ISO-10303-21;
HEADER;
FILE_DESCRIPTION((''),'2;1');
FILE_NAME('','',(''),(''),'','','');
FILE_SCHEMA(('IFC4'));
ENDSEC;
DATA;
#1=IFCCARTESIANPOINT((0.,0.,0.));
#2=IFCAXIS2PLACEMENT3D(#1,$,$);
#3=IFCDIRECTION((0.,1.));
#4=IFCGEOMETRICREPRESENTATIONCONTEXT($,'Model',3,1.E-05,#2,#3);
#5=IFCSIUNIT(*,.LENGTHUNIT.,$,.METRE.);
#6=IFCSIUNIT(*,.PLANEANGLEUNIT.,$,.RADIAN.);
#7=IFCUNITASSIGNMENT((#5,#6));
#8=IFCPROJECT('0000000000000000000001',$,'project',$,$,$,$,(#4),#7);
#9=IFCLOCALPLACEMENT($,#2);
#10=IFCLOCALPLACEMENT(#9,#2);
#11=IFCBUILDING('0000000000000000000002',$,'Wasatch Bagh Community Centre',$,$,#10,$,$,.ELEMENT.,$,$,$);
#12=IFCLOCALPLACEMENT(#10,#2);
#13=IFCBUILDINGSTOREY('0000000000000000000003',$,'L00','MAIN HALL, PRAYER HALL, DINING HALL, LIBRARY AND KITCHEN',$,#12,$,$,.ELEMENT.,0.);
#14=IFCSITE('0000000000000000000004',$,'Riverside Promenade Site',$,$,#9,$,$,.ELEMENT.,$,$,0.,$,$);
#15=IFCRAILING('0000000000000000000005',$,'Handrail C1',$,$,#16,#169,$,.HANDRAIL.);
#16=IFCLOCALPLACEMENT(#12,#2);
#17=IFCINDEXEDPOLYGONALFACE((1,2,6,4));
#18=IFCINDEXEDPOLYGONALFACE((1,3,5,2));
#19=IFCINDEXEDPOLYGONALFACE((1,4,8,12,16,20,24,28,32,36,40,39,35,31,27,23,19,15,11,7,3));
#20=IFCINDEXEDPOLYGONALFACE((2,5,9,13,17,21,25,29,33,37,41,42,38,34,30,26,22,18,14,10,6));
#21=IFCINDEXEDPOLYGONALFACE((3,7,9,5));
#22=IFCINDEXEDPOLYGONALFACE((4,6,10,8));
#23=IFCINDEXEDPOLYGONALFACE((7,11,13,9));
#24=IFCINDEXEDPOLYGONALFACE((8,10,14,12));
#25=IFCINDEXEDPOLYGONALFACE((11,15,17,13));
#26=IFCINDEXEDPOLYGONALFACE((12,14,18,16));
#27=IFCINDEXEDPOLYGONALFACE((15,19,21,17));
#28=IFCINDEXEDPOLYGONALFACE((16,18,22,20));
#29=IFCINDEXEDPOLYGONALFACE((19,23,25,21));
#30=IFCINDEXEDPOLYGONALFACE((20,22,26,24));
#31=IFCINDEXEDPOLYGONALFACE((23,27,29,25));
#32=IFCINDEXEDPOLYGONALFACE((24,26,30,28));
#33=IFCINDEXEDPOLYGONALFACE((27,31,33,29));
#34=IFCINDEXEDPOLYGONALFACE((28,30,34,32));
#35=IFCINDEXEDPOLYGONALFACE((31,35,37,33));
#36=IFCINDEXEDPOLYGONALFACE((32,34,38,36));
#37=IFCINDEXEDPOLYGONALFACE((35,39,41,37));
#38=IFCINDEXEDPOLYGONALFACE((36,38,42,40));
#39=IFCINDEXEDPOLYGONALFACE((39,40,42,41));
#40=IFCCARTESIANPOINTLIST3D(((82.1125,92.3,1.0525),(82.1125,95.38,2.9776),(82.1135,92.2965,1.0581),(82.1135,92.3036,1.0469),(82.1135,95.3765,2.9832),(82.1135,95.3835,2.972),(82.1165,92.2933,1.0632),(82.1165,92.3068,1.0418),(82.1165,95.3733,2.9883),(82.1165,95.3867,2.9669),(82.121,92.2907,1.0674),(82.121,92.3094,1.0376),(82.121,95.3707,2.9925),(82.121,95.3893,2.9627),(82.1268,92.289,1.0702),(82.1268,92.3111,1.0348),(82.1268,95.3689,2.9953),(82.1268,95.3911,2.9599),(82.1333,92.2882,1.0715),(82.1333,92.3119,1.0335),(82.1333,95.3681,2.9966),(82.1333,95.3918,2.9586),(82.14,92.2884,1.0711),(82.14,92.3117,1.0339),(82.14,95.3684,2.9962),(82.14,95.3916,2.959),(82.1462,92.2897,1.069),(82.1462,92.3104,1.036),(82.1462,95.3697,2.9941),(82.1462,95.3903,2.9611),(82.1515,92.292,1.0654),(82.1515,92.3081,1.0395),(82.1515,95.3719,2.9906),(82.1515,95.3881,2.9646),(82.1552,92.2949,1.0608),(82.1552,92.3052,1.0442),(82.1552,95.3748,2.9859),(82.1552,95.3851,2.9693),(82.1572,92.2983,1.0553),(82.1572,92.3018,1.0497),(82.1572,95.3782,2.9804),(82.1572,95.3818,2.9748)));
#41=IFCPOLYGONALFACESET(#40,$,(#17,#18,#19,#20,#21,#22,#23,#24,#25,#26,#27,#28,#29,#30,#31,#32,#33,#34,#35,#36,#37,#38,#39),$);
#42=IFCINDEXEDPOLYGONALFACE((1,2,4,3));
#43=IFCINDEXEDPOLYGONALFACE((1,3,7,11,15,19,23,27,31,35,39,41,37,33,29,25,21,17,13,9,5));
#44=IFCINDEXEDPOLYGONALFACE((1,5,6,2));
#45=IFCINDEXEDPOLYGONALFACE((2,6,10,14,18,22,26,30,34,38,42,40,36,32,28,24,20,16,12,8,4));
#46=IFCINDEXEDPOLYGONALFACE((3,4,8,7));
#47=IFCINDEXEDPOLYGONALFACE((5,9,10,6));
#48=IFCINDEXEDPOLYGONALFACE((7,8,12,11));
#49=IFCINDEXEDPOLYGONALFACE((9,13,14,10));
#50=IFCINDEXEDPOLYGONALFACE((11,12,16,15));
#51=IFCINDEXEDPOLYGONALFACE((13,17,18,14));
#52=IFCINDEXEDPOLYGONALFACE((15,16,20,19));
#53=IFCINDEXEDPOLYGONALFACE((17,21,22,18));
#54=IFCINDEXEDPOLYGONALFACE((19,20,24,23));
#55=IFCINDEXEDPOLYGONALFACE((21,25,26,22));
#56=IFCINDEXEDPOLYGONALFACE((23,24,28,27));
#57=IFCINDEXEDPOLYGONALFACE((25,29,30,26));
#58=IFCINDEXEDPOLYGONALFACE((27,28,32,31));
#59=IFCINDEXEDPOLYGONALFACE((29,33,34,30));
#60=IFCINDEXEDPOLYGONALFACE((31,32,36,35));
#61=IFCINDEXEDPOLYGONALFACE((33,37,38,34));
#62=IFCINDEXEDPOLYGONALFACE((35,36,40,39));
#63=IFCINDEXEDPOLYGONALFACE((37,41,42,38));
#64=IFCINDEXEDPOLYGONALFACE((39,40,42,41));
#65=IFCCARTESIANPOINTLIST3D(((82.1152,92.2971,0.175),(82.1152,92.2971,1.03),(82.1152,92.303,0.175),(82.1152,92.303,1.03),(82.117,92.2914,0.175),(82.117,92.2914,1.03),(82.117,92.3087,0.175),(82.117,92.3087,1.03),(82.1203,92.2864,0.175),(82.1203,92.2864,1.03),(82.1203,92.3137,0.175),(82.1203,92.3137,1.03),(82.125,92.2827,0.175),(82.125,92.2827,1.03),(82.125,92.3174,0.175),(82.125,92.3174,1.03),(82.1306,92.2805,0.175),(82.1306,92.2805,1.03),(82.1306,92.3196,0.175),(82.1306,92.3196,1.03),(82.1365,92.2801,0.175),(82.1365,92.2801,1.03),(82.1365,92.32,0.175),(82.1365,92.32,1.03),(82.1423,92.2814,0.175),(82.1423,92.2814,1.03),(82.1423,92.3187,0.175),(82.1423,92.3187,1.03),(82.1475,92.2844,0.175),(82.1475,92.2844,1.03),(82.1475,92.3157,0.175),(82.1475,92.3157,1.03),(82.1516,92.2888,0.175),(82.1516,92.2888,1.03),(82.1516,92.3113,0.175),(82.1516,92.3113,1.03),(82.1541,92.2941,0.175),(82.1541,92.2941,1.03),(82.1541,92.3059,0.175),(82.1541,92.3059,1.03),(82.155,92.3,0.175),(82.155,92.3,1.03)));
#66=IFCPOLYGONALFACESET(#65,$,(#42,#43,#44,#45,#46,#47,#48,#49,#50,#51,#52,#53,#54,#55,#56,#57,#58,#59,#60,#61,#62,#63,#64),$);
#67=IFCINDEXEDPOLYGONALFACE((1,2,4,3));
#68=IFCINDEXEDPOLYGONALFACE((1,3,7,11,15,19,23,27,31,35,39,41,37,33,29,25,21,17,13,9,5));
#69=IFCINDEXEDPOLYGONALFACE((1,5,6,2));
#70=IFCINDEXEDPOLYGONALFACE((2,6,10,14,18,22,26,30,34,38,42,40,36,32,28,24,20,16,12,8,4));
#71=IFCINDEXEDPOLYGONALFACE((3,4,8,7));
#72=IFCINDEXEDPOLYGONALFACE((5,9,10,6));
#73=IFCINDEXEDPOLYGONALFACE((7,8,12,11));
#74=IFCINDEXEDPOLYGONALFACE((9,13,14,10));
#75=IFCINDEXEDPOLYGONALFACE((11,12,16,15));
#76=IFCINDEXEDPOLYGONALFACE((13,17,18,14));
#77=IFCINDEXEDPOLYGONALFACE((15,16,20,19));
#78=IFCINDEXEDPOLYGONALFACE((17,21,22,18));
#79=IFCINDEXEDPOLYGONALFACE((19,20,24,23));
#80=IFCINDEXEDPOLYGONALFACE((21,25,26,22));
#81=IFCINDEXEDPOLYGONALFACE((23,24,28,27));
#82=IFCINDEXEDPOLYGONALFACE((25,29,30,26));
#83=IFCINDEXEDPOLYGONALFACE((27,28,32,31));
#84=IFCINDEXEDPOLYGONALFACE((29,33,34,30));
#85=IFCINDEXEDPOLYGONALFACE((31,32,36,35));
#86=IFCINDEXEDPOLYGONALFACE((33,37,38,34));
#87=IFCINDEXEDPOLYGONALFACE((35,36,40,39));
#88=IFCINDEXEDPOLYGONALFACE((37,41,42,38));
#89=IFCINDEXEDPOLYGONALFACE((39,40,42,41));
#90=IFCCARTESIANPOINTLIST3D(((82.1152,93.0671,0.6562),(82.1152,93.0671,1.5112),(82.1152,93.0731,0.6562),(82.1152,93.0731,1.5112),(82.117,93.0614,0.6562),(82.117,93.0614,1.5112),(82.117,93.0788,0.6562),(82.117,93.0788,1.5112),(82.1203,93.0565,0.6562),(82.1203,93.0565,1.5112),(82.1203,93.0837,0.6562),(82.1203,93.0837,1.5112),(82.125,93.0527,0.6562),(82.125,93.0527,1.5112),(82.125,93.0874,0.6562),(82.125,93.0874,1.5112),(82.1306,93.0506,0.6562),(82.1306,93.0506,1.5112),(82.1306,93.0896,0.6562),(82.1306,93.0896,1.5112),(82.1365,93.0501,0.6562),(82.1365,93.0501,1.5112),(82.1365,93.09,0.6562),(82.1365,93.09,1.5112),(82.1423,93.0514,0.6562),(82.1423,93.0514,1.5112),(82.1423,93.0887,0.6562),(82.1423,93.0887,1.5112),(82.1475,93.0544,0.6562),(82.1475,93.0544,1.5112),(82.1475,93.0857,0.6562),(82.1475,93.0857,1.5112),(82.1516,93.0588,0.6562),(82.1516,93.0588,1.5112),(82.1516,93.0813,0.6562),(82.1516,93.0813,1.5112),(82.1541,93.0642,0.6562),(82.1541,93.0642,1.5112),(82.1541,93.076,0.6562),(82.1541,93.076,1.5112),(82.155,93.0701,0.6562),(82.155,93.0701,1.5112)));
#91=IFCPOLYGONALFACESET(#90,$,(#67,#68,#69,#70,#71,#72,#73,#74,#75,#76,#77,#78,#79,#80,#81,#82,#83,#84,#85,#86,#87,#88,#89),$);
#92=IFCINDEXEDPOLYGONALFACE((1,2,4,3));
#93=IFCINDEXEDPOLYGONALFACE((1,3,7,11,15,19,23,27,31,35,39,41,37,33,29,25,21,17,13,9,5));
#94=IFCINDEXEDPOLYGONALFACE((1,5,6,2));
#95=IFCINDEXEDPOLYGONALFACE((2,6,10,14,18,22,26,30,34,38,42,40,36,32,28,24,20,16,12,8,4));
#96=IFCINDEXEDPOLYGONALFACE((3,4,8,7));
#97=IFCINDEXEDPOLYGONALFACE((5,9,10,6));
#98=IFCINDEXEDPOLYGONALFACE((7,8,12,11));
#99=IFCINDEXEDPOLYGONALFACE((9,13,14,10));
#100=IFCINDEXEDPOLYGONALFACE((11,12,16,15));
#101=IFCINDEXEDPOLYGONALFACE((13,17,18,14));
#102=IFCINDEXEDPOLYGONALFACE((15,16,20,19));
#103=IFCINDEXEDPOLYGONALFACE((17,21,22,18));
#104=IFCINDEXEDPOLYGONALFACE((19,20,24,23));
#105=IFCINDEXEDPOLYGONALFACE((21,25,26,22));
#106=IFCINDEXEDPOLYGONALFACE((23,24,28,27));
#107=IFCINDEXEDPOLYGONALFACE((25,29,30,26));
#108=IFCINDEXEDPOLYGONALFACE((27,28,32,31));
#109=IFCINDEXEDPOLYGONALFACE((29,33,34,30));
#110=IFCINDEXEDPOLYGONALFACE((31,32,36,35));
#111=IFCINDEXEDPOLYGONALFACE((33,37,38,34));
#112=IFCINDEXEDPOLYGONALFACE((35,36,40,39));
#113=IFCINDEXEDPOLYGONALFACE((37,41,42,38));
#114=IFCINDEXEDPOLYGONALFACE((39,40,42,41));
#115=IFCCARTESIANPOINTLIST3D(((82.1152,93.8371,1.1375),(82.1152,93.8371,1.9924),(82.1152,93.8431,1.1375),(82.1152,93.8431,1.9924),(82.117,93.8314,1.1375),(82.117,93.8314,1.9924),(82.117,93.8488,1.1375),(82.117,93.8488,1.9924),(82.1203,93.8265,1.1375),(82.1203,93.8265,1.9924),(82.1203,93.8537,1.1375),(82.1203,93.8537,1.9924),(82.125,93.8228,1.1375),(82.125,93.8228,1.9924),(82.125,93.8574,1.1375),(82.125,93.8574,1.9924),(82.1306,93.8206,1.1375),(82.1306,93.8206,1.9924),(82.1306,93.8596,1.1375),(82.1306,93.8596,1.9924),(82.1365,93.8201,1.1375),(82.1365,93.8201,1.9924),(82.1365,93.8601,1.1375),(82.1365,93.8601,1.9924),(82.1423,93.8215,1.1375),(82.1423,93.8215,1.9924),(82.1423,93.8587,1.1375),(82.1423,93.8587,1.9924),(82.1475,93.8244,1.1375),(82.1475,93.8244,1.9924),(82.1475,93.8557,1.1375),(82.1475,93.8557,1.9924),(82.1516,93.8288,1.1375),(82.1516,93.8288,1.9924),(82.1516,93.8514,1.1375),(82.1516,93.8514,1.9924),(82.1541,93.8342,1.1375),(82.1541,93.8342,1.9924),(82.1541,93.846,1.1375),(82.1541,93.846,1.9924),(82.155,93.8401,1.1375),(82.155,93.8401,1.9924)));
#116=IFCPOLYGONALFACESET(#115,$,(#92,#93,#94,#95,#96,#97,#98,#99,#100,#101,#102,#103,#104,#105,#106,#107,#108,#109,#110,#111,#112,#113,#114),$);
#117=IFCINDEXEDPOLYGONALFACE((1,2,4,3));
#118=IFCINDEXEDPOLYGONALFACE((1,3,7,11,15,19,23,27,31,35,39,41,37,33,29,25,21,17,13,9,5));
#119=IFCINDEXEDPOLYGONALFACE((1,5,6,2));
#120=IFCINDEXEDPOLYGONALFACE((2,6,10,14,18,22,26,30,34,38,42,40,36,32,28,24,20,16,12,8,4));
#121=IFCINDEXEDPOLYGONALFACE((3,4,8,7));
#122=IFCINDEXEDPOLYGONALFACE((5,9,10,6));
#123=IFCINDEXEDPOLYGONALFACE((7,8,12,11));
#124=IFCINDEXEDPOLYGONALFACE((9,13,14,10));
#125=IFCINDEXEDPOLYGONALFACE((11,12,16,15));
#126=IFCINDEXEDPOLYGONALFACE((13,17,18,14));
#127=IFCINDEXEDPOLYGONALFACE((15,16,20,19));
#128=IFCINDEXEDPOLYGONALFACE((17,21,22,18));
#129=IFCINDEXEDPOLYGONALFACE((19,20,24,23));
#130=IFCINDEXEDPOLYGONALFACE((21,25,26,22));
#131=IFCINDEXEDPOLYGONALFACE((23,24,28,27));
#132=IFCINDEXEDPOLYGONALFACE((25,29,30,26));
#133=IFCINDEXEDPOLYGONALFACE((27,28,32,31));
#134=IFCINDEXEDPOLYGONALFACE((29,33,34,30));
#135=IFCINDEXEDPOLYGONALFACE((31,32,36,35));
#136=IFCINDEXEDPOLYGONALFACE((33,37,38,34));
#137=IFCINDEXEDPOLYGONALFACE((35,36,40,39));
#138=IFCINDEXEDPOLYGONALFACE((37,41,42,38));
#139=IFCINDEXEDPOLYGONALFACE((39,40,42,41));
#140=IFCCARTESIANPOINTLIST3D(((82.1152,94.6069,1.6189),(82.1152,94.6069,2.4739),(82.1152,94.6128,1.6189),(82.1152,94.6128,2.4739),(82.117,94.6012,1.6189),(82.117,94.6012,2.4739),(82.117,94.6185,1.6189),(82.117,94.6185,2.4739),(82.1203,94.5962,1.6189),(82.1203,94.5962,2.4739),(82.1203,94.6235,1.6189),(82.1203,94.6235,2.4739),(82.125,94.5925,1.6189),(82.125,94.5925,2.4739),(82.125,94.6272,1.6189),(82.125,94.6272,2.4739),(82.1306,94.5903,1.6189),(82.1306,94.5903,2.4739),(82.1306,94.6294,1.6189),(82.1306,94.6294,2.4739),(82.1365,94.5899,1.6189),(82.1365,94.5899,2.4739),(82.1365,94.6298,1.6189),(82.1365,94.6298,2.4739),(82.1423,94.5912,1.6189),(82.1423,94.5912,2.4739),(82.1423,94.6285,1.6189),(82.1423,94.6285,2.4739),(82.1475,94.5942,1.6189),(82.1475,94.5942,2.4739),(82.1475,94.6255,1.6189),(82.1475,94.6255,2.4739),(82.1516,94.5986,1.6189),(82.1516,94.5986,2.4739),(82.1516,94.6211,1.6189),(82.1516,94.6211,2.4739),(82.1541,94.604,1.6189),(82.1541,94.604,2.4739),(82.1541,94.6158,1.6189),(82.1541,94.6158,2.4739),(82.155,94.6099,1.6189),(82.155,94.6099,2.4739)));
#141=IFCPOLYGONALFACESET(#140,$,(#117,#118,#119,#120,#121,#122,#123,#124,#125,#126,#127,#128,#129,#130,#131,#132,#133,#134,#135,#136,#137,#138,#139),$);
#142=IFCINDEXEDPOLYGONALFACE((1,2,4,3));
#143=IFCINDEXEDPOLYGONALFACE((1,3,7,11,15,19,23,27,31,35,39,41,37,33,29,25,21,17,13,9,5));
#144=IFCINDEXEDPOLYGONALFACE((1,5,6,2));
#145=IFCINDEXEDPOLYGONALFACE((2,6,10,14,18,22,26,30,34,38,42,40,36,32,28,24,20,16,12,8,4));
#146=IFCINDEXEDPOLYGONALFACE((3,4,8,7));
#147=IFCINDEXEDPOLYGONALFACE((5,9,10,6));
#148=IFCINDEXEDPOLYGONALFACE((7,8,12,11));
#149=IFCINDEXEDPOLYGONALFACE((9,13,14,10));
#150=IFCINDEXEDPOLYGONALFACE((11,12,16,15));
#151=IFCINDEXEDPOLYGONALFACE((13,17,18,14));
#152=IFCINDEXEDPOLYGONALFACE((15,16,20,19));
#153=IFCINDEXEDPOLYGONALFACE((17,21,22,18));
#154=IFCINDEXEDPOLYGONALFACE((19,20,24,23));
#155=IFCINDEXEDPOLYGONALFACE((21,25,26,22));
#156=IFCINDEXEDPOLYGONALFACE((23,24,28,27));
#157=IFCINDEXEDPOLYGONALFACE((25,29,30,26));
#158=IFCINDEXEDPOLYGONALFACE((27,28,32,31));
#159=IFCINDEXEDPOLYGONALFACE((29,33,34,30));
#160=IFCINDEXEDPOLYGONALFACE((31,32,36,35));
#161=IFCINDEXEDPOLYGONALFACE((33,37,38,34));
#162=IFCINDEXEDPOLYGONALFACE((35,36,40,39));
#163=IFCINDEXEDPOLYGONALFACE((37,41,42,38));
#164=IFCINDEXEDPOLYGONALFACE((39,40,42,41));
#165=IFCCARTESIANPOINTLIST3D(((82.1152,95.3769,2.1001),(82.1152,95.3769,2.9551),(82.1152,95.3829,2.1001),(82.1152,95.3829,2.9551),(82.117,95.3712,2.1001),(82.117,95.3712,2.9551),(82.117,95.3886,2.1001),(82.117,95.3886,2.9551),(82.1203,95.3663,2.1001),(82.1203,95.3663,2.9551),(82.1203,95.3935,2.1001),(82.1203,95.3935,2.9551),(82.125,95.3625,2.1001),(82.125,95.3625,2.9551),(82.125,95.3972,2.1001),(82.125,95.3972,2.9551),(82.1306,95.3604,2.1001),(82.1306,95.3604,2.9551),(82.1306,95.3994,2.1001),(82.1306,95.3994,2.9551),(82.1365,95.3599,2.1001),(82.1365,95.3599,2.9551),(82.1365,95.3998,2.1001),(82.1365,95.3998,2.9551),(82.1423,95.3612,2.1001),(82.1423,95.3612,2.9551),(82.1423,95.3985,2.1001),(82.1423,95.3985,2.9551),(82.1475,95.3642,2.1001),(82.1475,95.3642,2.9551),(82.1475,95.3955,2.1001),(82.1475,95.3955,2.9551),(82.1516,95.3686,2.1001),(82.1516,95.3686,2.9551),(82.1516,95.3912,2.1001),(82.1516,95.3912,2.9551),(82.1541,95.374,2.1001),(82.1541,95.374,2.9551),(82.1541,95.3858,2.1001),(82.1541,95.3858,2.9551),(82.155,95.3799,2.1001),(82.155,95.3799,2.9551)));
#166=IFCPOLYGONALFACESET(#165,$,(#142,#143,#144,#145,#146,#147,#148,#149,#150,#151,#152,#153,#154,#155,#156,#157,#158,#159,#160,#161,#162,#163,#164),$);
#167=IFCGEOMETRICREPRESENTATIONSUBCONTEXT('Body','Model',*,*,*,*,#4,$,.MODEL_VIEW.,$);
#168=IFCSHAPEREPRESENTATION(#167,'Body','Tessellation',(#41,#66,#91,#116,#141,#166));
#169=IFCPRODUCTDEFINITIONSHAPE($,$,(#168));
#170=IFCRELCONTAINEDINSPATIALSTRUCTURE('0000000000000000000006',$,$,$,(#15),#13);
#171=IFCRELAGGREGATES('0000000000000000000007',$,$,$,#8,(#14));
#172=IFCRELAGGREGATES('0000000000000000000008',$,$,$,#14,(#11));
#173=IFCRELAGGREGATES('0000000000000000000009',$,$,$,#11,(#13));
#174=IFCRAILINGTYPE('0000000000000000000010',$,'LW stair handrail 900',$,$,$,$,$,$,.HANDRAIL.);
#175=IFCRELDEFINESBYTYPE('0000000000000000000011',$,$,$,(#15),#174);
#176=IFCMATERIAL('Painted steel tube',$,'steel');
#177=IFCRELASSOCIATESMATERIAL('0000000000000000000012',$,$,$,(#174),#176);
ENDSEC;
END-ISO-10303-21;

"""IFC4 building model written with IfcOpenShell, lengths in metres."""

from ifc_helpers import new_model, si_unit, direction, frame, origin, origin_2d, place, context, subcontext, project, spatial, circle, extrude, material, type_object, element, save


model = new_model("IFC4")

# Units and contexts
model_context = context("Model", 3, precision=1e-05, world=origin(), true_north=direction((0.0, 1.0)))
body_context = subcontext(model_context, "Body", "Model", "MODEL_VIEW")
ifc_project = project(units=[si_unit("LENGTHUNIT", "METRE"), si_unit("PLANEANGLEUNIT", "RADIAN")], contexts=[model_context])

# Site, building, storey
site_placement = place(None, origin())
site = spatial("IfcSite", under=ifc_project, at=site_placement, Name="Riverside Promenade Site", CompositionType="ELEMENT", RefElevation=0.0)
building_placement = place(site_placement, origin())
building = spatial("IfcBuilding", under=site, at=building_placement, Name="Wasatch Bagh Community Centre", CompositionType="ELEMENT")
storey_placement = place(building_placement, origin())
storey = spatial("IfcBuildingStorey", under=building, at=storey_placement, Name="L00", Description="MAIN HALL, PRAYER HALL, DINING HALL, LIBRARY AND KITCHEN", CompositionType="ELEMENT", Elevation=0.0)

# Railing
ifc_material_1 = material(Name="Painted steel tube", Category="steel")
railing_type_1 = type_object("IfcRailingType", Name="LW stair handrail 900", PredefinedType="HANDRAIL", material=ifc_material_1)
for number, where, name in (
    (1, (82.135, 92.3, 0.175), "Handrail C1"),
):
    element("IfcRailing", number, at=place(storey_placement, frame(where)), inside=storey, type_object=railing_type_1, Name=name, PredefinedType="HANDRAIL", context=body_context, shape_type="SweptSolid", body=[
        extrude(circle(Radius=0.0225, at=origin_2d()), frame((0.0, 0.0, 0.8774), z_axis=(0.0, 0.847979, 0.530029), x_axis=(-1.0, 0.0, 0.0)), (0.0, 0.0, 1.0), 3.6321),
        extrude(circle(Radius=0.02, at=origin_2d()), origin(), (0.0, 0.0, 1.0), 0.855),
        extrude(circle(Radius=0.02, at=origin_2d()), frame((0.0, 0.77, 0.4812)), (0.0, 0.0, 1.0), 0.855),
        extrude(circle(Radius=0.02, at=origin_2d()), frame((0.0, 1.54, 0.9624)), (0.0, 0.0, 1.0), 0.855),
        extrude(circle(Radius=0.02, at=origin_2d()), frame((0.0, 2.3098, 1.4438)), (0.0, 0.0, 1.0), 0.855),
        extrude(circle(Radius=0.02, at=origin_2d()), frame((0.0, 3.0798, 1.925)), (0.0, 0.0, 1.0), 0.855),
    ])

save(model, "model.ifc")
